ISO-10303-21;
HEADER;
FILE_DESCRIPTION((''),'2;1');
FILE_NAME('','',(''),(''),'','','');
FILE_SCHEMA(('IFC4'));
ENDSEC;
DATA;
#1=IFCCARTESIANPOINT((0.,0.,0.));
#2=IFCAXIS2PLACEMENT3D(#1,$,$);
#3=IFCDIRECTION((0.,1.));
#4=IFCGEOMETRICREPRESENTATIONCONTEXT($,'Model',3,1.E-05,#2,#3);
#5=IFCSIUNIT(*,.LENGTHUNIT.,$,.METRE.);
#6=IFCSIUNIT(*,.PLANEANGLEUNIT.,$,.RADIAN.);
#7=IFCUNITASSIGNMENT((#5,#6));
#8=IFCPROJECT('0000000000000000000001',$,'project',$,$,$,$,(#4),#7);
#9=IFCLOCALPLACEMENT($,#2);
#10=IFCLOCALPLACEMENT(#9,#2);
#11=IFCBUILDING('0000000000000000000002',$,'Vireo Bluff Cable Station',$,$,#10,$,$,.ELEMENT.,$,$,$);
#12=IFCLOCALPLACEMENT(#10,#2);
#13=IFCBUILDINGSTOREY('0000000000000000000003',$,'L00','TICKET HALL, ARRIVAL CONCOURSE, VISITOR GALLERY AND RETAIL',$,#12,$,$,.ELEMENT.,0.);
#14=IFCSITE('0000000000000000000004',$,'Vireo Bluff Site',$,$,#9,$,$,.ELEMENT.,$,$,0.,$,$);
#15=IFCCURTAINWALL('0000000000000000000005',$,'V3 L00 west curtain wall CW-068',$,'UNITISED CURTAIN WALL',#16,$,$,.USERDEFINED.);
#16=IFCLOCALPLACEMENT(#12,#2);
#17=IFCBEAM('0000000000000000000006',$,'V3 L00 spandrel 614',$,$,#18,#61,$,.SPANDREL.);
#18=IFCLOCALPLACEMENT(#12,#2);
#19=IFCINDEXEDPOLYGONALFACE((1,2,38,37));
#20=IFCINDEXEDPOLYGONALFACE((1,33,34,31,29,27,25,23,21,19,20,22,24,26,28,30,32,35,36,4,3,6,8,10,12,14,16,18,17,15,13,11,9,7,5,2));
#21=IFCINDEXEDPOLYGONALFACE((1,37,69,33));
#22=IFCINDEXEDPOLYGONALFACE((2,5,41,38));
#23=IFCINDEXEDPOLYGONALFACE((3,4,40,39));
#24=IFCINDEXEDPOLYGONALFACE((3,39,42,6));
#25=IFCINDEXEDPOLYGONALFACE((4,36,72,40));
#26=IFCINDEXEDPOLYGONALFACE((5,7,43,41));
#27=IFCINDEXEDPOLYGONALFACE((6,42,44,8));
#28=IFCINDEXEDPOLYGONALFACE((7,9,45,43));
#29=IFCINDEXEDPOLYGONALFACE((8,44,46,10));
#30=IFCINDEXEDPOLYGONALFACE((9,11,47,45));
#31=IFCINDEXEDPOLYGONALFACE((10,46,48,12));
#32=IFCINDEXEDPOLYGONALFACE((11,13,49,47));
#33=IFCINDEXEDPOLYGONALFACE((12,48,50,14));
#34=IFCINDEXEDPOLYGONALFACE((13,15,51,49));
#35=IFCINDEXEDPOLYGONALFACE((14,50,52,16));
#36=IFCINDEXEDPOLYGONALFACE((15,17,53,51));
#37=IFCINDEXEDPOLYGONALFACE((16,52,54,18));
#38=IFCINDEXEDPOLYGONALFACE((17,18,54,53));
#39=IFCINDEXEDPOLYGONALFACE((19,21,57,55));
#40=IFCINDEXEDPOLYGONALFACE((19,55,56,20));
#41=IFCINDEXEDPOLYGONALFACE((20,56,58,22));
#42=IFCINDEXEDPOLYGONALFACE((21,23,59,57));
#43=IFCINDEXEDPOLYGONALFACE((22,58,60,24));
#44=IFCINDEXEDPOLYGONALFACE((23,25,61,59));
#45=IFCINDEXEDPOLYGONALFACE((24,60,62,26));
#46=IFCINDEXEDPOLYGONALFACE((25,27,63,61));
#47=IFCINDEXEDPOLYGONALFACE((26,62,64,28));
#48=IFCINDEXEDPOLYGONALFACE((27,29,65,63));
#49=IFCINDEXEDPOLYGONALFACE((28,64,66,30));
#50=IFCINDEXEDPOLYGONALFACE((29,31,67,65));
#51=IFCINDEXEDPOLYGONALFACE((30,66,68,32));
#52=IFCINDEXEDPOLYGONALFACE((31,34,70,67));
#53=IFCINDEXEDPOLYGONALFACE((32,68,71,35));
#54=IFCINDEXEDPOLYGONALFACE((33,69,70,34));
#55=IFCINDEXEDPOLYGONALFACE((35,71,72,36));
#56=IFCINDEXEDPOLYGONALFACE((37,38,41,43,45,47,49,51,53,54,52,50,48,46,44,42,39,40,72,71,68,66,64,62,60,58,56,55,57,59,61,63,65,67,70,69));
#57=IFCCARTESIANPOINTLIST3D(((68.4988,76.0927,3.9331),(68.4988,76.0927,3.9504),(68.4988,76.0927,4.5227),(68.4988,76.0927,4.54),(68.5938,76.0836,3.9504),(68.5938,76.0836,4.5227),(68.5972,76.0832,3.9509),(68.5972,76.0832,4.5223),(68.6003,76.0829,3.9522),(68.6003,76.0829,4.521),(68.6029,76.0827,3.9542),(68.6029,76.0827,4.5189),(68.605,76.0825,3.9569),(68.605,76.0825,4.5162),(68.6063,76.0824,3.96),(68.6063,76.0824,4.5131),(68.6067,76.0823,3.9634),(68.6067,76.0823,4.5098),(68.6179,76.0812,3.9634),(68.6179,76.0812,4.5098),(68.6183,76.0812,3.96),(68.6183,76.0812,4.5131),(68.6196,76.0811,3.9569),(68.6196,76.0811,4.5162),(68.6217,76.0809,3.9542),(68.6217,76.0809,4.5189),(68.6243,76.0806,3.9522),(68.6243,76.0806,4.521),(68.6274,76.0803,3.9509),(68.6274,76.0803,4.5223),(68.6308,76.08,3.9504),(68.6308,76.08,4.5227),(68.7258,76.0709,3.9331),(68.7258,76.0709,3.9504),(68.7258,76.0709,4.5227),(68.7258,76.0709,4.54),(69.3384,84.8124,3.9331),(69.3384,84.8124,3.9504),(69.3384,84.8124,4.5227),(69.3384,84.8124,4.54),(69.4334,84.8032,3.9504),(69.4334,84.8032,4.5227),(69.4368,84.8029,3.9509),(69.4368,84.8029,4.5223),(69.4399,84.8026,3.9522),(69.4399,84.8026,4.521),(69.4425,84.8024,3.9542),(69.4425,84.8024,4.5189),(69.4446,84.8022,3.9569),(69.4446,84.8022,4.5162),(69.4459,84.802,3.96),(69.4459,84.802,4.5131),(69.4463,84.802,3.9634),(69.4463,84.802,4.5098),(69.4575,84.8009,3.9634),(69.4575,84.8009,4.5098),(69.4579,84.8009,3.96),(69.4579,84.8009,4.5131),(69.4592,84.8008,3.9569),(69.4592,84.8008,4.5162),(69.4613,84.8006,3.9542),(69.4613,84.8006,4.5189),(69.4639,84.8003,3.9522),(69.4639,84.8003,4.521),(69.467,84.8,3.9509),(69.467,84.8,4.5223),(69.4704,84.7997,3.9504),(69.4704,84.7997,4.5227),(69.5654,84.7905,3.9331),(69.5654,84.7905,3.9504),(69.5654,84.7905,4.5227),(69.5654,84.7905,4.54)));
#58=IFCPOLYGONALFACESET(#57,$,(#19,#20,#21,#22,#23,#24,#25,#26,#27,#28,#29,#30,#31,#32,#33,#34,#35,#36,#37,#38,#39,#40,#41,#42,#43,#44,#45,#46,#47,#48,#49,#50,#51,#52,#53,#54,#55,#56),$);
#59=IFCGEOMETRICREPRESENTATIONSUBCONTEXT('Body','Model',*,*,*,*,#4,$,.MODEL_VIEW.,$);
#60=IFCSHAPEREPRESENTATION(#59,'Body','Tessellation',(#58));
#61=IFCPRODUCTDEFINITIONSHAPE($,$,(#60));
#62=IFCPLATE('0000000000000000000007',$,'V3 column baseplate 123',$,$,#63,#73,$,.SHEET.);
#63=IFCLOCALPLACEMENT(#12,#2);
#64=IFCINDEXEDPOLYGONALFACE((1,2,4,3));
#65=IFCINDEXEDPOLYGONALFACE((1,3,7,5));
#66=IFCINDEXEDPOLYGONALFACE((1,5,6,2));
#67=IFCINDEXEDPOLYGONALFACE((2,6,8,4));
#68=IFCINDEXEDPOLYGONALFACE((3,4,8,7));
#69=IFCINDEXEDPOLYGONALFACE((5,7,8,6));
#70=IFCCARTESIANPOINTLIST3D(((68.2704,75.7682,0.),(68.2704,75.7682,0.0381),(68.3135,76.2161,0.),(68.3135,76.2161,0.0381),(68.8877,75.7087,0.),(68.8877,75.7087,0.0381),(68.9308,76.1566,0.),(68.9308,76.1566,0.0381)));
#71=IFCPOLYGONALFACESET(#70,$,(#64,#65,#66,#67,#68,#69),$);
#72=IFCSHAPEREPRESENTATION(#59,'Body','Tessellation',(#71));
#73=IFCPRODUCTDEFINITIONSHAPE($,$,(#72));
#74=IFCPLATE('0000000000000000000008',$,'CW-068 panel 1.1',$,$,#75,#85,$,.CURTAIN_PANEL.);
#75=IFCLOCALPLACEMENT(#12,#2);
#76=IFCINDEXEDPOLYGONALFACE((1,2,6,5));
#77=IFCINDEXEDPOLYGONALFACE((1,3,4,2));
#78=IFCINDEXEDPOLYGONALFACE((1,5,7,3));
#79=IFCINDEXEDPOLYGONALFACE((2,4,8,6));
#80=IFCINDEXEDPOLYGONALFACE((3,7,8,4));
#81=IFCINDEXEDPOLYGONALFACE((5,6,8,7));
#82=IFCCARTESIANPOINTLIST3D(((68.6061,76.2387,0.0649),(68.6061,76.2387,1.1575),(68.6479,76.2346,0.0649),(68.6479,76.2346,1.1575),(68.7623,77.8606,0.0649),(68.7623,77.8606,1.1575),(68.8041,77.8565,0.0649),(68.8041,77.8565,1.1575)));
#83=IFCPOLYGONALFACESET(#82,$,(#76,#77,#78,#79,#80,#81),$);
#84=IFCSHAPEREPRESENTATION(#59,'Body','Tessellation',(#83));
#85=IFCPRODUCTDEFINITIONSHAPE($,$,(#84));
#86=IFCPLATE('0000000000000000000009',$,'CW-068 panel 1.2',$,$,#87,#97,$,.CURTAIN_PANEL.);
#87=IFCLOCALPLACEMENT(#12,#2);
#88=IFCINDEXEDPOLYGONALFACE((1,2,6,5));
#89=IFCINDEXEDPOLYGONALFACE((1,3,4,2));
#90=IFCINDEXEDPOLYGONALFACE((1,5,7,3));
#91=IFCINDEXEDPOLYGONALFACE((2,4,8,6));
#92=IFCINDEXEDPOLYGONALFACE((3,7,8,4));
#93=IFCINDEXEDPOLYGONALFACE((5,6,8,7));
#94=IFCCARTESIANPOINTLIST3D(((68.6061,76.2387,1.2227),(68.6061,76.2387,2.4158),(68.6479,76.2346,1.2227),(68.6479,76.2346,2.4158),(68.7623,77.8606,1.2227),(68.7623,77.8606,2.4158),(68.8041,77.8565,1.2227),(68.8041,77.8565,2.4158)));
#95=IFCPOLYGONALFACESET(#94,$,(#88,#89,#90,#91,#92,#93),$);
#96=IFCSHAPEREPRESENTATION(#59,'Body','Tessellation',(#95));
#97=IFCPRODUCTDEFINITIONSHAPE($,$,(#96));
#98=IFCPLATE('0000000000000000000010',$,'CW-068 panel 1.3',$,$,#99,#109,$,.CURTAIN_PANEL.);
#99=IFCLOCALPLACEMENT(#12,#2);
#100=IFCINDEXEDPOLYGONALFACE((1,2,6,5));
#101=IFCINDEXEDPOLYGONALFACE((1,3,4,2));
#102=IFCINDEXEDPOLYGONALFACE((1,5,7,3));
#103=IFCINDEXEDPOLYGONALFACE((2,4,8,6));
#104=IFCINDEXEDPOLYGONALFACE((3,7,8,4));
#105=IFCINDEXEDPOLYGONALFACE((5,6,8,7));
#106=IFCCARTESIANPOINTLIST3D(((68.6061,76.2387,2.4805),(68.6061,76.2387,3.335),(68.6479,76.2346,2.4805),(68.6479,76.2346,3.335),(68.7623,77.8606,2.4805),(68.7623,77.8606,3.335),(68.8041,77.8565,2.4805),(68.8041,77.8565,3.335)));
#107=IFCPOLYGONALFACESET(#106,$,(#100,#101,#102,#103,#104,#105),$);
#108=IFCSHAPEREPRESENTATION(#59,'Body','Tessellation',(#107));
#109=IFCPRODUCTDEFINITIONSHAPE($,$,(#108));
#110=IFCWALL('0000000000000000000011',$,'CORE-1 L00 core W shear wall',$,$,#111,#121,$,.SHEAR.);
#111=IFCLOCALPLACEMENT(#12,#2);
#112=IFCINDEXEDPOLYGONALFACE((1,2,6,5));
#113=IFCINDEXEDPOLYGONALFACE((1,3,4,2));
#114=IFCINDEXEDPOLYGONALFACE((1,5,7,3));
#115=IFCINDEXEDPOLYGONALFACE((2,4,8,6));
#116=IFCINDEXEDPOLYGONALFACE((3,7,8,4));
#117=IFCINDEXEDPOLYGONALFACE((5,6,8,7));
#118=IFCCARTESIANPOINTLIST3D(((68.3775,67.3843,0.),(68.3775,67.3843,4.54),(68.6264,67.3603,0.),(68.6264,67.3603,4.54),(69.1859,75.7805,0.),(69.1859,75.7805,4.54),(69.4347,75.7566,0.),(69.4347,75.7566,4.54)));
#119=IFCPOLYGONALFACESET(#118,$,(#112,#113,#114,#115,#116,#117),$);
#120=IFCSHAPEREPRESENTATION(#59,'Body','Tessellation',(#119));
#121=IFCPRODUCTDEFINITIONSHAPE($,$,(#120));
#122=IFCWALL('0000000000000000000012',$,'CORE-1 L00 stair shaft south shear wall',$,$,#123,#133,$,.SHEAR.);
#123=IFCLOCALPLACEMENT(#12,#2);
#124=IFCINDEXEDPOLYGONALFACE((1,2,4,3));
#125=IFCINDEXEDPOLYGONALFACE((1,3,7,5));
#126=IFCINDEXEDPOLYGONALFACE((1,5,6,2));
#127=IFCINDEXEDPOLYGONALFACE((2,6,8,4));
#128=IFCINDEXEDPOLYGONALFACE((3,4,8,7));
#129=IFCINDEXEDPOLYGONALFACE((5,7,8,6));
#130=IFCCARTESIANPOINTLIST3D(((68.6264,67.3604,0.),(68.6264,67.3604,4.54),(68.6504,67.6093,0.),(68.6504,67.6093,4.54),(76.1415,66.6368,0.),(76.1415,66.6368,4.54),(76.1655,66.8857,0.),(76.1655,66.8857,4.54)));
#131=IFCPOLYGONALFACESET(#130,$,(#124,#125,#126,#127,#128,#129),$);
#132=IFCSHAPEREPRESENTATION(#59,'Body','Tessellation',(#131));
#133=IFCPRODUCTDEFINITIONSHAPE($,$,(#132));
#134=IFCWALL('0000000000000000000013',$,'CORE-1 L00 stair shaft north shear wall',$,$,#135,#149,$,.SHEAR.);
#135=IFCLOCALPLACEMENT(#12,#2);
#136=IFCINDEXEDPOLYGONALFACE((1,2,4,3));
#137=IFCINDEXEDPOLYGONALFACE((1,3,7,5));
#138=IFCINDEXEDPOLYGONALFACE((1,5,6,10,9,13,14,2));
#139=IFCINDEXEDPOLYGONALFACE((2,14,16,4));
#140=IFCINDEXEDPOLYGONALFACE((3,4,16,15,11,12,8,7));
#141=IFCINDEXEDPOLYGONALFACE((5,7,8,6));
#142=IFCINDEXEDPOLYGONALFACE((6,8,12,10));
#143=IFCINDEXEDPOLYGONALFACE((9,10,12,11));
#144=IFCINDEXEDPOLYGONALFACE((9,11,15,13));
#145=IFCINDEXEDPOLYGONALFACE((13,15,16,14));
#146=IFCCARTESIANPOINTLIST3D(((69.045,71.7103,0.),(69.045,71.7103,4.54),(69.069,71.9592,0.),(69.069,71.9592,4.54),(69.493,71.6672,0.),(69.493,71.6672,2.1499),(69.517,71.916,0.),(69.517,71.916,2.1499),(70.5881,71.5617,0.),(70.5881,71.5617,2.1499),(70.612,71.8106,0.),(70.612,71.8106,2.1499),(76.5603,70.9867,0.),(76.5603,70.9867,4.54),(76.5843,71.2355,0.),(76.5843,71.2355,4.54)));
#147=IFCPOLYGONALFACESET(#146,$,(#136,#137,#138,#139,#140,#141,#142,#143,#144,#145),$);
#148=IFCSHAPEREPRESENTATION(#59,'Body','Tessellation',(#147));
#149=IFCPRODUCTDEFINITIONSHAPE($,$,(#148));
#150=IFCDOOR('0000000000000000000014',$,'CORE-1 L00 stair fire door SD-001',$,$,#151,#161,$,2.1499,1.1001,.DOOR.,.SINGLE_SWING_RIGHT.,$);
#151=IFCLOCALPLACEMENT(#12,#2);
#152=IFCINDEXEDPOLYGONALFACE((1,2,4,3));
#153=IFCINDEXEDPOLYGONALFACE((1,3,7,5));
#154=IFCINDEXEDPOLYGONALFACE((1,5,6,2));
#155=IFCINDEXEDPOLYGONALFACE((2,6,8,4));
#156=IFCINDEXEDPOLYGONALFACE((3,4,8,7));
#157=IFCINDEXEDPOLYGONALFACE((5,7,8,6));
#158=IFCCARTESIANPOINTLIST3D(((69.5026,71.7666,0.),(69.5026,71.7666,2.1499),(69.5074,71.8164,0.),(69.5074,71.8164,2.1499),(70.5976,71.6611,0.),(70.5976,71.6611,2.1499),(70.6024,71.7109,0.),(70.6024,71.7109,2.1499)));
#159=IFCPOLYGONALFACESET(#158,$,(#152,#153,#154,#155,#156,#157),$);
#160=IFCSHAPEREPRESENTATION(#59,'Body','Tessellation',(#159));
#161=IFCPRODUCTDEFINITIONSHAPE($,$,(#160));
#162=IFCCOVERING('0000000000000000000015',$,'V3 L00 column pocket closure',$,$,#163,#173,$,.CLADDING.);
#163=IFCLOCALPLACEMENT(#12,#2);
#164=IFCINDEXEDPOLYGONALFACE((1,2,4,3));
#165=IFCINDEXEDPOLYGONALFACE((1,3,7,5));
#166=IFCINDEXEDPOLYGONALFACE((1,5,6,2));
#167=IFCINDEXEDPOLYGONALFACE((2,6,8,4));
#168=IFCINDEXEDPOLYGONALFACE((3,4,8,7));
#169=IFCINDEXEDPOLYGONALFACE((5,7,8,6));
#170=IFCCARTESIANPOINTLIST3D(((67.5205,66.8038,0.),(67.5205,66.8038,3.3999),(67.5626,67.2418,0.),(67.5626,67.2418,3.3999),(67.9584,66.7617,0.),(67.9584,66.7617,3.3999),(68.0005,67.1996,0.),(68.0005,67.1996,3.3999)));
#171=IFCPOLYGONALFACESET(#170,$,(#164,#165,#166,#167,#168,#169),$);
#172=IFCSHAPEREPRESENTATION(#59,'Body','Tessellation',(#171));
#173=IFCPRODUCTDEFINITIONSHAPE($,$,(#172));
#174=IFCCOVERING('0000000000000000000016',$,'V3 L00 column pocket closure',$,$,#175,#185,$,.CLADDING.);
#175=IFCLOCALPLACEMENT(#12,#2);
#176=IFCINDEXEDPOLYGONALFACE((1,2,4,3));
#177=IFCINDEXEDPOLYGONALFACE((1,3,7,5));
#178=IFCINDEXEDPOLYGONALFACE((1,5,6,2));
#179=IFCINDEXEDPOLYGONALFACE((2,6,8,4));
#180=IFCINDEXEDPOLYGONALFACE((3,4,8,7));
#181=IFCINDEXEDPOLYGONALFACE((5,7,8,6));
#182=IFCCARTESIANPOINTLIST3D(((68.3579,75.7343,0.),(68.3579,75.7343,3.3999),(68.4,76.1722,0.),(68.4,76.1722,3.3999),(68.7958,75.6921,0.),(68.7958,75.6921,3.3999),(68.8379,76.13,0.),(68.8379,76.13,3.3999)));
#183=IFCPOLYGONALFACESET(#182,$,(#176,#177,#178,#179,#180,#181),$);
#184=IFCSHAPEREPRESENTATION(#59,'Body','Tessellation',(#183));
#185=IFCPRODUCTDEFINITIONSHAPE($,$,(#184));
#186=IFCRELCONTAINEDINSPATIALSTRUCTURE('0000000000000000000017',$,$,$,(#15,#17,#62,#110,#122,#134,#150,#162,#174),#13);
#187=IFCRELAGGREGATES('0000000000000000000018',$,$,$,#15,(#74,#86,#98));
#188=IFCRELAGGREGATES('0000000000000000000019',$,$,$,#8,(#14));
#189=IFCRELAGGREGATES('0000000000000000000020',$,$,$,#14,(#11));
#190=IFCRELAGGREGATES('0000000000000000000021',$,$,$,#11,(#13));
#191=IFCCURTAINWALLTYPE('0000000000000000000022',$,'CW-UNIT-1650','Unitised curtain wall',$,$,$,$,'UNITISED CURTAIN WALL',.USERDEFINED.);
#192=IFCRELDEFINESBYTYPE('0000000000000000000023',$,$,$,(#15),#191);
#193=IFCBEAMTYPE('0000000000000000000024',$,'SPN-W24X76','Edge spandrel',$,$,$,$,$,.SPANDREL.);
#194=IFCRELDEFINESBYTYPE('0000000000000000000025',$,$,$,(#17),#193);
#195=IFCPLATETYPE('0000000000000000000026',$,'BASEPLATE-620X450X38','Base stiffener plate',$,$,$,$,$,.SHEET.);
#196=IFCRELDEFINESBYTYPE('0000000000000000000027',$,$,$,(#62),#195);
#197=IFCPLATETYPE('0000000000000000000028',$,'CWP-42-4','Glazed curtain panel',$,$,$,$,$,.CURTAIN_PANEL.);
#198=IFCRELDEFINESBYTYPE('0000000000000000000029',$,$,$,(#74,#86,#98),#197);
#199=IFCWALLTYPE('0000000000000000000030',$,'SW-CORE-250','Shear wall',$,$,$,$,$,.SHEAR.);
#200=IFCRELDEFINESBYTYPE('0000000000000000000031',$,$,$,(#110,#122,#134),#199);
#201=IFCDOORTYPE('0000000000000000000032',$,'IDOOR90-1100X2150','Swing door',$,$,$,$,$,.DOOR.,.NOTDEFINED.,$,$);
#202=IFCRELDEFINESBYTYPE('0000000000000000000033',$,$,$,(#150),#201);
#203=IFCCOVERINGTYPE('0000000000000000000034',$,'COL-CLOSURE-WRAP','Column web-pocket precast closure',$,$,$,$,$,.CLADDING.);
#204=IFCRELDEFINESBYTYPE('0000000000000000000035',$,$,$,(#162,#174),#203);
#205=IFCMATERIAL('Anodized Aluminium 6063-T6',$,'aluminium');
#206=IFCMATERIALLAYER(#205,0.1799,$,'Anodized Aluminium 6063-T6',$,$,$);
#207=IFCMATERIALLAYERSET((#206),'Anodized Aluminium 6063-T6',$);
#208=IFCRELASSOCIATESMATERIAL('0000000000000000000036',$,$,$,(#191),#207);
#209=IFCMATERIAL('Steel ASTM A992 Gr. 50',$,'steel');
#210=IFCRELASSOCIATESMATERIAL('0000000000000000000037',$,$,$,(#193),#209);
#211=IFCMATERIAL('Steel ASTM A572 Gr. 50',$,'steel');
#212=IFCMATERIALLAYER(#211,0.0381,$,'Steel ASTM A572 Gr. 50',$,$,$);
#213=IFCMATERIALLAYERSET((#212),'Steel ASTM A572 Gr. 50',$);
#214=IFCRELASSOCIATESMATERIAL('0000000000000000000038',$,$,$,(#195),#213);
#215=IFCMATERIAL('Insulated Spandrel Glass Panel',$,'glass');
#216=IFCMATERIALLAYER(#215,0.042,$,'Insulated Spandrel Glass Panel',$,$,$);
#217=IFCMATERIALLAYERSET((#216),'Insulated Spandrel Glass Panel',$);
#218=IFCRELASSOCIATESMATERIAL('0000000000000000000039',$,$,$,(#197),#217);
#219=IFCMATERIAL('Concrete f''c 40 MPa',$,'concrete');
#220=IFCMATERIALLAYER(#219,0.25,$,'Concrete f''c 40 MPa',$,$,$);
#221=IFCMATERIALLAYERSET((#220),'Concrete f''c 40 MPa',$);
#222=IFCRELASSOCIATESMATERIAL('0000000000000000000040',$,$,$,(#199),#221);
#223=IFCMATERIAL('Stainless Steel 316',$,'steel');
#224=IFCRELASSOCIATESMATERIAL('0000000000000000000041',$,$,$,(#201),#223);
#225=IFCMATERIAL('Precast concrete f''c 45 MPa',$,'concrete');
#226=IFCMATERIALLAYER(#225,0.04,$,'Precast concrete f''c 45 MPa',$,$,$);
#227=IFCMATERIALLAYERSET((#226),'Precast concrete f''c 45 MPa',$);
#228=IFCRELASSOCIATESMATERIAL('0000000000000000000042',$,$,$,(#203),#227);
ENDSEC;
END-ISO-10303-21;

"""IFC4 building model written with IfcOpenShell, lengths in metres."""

from ifc_helpers import new_model, si_unit, direction, frame, frame_2d, origin, origin_with_axes, origin_2d, place, context, subcontext, project, spatial, rectangle, i_section, extrude, material, layer, layer_set, material_profile, profile_set, type_object, element, fill, aggregate, save


model = new_model("IFC4")

# Units and contexts
model_context = context("Model", 3, precision=1e-05, world=origin(), true_north=direction((0.0, 1.0)))
body_context = subcontext(model_context, "Body", "Model", "MODEL_VIEW")
ifc_project = project(units=[si_unit("LENGTHUNIT", "METRE"), si_unit("PLANEANGLEUNIT", "RADIAN")], contexts=[model_context])

# Site, building, storey
site_placement = place(None, origin())
site = spatial("IfcSite", under=ifc_project, at=site_placement, Name="Vireo Bluff Site", CompositionType="ELEMENT", RefElevation=0.0)
building_placement = place(site_placement, origin())
building = spatial("IfcBuilding", under=site, at=building_placement, Name="Vireo Bluff Cable Station", CompositionType="ELEMENT")
storey_placement = place(building_placement, origin())
storey = spatial("IfcBuildingStorey", under=building, at=storey_placement, Name="L00", Description="TICKET HALL, ARRIVAL CONCOURSE, VISITOR GALLERY AND RETAIL", CompositionType="ELEMENT", Elevation=0.0)

# Shared definitions
ifc_material_1 = material(Name="Concrete f'c 40 MPa", Category="concrete")

# Shared definitions
ifc_material_2 = material(Name="Steel ASTM A992 Gr. 50", Category="steel")

# Curtain wall
ifc_material_3 = material(Name="Anodized Aluminium 6063-T6", Category="aluminium")
ifc_layer_1 = layer(ifc_material_3, 0.1799, Name="Anodized Aluminium 6063-T6")
ifc_layer_set_1 = layer_set([ifc_layer_1], Name="Anodized Aluminium 6063-T6")
curtain_wall_type = type_object("IfcCurtainWallType", Name="CW-UNIT-1650", Description="Unitised curtain wall", ElementType="UNITISED CURTAIN WALL", PredefinedType="USERDEFINED", material=ifc_layer_set_1)
curtain_wall_placement = place(storey_placement, origin())
curtain_wall = element("IfcCurtainWall", 1, at=curtain_wall_placement, inside=storey, type_object=curtain_wall_type, Name="V3 L00 west curtain wall CW-068", ObjectType="UNITISED CURTAIN WALL", PredefinedType="USERDEFINED")

# Beam
ifc_material_profile_1 = material_profile(ifc_material_2, i_section(OverallWidth=0.228, OverallDepth=0.6069, WebThickness=0.0112, FlangeThickness=0.0173, FilletRadius=0.0129, at=origin_2d()), Name="W24X76")
ifc_profile_set_1 = profile_set([ifc_material_profile_1], Name="Steel ASTM A992 Gr. 50")
beam_type_1 = type_object("IfcBeamType", Name="SPN-W24X76", Description="Edge spandrel", PredefinedType="SPANDREL", material=ifc_profile_set_1)
beam_1_placement = place(storey_placement, frame((68.6123, 76.0818, 4.2366), z_axis=(0.095844, 0.995396, 0.0), x_axis=(-0.995396, 0.095844, 0.0)))
element("IfcBeam", 2, at=beam_1_placement, inside=storey, type_object=beam_type_1, Name="V3 L00 spandrel 614", PredefinedType="SPANDREL", context=body_context, shape_type="SweptSolid", body=[
    extrude(i_section(OverallWidth=0.228, OverallDepth=0.6069, WebThickness=0.0112, FlangeThickness=0.0173, FilletRadius=0.0129, at=origin_2d()), origin(), (0.0, 0.0, 1.0), 8.76),
])

# Plates
ifc_material_4 = material(Name="Steel ASTM A572 Gr. 50", Category="steel")
ifc_layer_2 = layer(ifc_material_4, 0.0381, Name="Steel ASTM A572 Gr. 50")
ifc_layer_set_2 = layer_set([ifc_layer_2], Name="Steel ASTM A572 Gr. 50")
plate_type_1 = type_object("IfcPlateType", Name="BASEPLATE-620X450X38", Description="Base stiffener plate", PredefinedType="SHEET", material=ifc_layer_set_2)
plate_1_placement = place(storey_placement, frame((68.6006, 75.9624, 0.0), z_axis=(0.0, 0.0, 1.0), x_axis=(0.995396, -0.095846, 0.0)))
element("IfcPlate", 3, at=plate_1_placement, inside=storey, type_object=plate_type_1, Name="V3 column baseplate 123", PredefinedType="SHEET", context=body_context, shape_type="SweptSolid", body=[
    extrude(rectangle(XDim=0.6201, YDim=0.45, at=origin_2d()), origin(), (0.0, 0.0, 1.0), 0.0381),
])
ifc_material_5 = material(Name="Insulated Spandrel Glass Panel", Category="glass")
ifc_layer_3 = layer(ifc_material_5, 0.042, Name="Insulated Spandrel Glass Panel")
ifc_layer_set_3 = layer_set([ifc_layer_3], Name="Insulated Spandrel Glass Panel")
plate_type_2 = type_object("IfcPlateType", Name="CWP-42-4", Description="Glazed curtain panel", PredefinedType="CURTAIN_PANEL", material=ifc_layer_set_3)
plate_2_placement = place(storey_placement, frame((68.7051, 77.0476, 0.0649), z_axis=(0.0, 0.0, 1.0), x_axis=(0.095846, 0.995396, 0.0)))
plate_2 = element("IfcPlate", 4, at=plate_2_placement, type_object=plate_type_2, Name="CW-068 panel 1.1", PredefinedType="CURTAIN_PANEL", context=body_context, shape_type="SweptSolid", body=[
    extrude(rectangle(XDim=1.6294, YDim=0.042, at=origin_2d()), origin(), (0.0, 0.0, 1.0), 1.0925),
])
plate_3_placement = place(storey_placement, frame((68.7051, 77.0476, 1.2227), z_axis=(0.0, 0.0, 1.0), x_axis=(0.095846, 0.995396, 0.0)))
plate_3 = element("IfcPlate", 5, at=plate_3_placement, type_object=plate_type_2, Name="CW-068 panel 1.2", PredefinedType="CURTAIN_PANEL", context=body_context, shape_type="SweptSolid", body=[
    extrude(rectangle(XDim=1.6294, YDim=0.042, at=origin_2d()), origin(), (0.0, 0.0, 1.0), 1.1931),
])
plate_4_placement = place(storey_placement, frame((68.7051, 77.0476, 2.4805), z_axis=(0.0, 0.0, 1.0), x_axis=(0.095846, 0.995396, 0.0)))
plate_4 = element("IfcPlate", 6, at=plate_4_placement, type_object=plate_type_2, Name="CW-068 panel 1.3", PredefinedType="CURTAIN_PANEL", context=body_context, shape_type="SweptSolid", body=[
    extrude(rectangle(XDim=1.6294, YDim=0.042, at=origin_2d()), origin(), (0.0, 0.0, 1.0), 0.8545),
])
aggregate(curtain_wall, [plate_2, plate_3, plate_4])

# Walls
ifc_layer_4 = layer(ifc_material_1, 0.25, Name="Concrete f'c 40 MPa")
ifc_layer_set_4 = layer_set([ifc_layer_4], Name="Concrete f'c 40 MPa")
wall_type = type_object("IfcWallType", Name="SW-CORE-250", Description="Shear wall", PredefinedType="SHEAR", material=ifc_layer_set_4)
wall_1_placement = place(storey_placement, frame((68.502, 67.3723, 0.0), z_axis=(0.0, 0.0, 1.0), x_axis=(0.095832, 0.995398, 0.0)))
element("IfcWall", 7, at=wall_1_placement, inside=storey, type_object=wall_type, Name="CORE-1 L00 core W shear wall", PredefinedType="SHEAR", context=body_context, shape_type="SweptSolid", body=[
    extrude(rectangle(XDim=8.4351, YDim=0.25, at=frame_2d((4.2175, 0.0))), origin(), (0.0, 0.0, 1.0), 4.54),
])
wall_2_placement = place(storey_placement, frame((68.6384, 67.4849, 0.0), z_axis=(0.0, 0.0, 1.0), x_axis=(0.995396, -0.095847, 0.0)))
element("IfcWall", 8, at=wall_2_placement, inside=storey, type_object=wall_type, Name="CORE-1 L00 stair shaft south shear wall", PredefinedType="SHEAR", context=body_context, shape_type="SweptSolid", body=[
    extrude(rectangle(XDim=7.5498, YDim=0.25, at=frame_2d((3.7749, 0.0))), origin(), (0.0, 0.0, 1.0), 4.54),
])

# Wall, opening, door
wall_3_placement = place(storey_placement, frame((69.0571, 71.8347, 0.0), z_axis=(0.0, 0.0, 1.0), x_axis=(0.995396, -0.095844, 0.0)))
wall_3 = element("IfcWall", 9, at=wall_3_placement, inside=storey, type_object=wall_type, Name="CORE-1 L00 stair shaft north shear wall", PredefinedType="SHEAR", context=body_context, shape_type="SweptSolid", body=[
    extrude(rectangle(XDim=7.55, YDim=0.25, at=frame_2d((3.7749, 0.0))), origin(), (0.0, 0.0, 1.0), 4.54),
])
opening_placement = place(wall_3_placement, frame((0.45, 0.0, 0.0)))
opening = element("IfcOpeningElement", 10, at=opening_placement, cuts=wall_3, PredefinedType="OPENING", context=body_context, shape_type="SweptSolid", body=[
    extrude(rectangle(XDim=1.1001, YDim=2.1499, at=frame_2d((0.55, 1.075))), frame((0.0, 0.135, 0.0), z_axis=(0.0, -1.0, 0.0), x_axis=(1.0, 0.0, 0.0)), (0.0, 0.0, 1.0), 0.27),
])
ifc_material_6 = material(Name="Stainless Steel 316", Category="steel")
door_type = type_object("IfcDoorType", Name="IDOOR90-1100X2150", Description="Swing door", OperationType="NOTDEFINED", PredefinedType="DOOR", material=ifc_material_6)
door_placement = place(opening_placement, origin_with_axes())
door = element("IfcDoor", 11, at=door_placement, inside=storey, type_object=door_type, Name="CORE-1 L00 stair fire door SD-001", OperationType="SINGLE_SWING_RIGHT", OverallHeight=2.1499, OverallWidth=1.1001, PredefinedType="DOOR", context=body_context, shape_type="SweptSolid", body=[
    extrude(rectangle(XDim=1.1001, YDim=2.1499, at=frame_2d((0.55, 1.075))), frame((0.0, 0.0249, 0.0), z_axis=(0.0, -1.0, 0.0), x_axis=(1.0, 0.0, 0.0)), (0.0, 0.0, 1.0), 0.05),
])
fill(opening, door)

# Coverings
ifc_material_7 = material(Name="Precast concrete f'c 45 MPa", Category="concrete")
ifc_layer_5 = layer(ifc_material_7, 0.04, Name="Precast concrete f'c 45 MPa")
ifc_layer_set_5 = layer_set([ifc_layer_5], Name="Precast concrete f'c 45 MPa")
covering_type = type_object("IfcCoveringType", Name="COL-CLOSURE-WRAP", Description="Column web-pocket precast closure", PredefinedType="CLADDING", material=ifc_layer_set_5)
for number, where, z_axis, x_axis, name in (
    (12, (67.7605, 67.0017, 0.0), (0.0, 0.0, 1.0), (0.995396, -0.095846, 0.0), "V3 L00 column pocket closure"),
    (13, (68.5979, 75.9321, 0.0), (0.0, 0.0, 1.0), (0.995396, -0.095846, 0.0), "V3 L00 column pocket closure"),
):
    element("IfcCovering", number, at=place(storey_placement, frame(where, z_axis=z_axis, x_axis=x_axis)), inside=storey, type_object=covering_type, Name=name, PredefinedType="CLADDING", context=body_context, shape_type="SweptSolid", body=[
        extrude(rectangle(XDim=0.4399, YDim=0.4399, at=origin_2d()), origin(), (0.0, 0.0, 1.0), 3.3999),
    ])

save(model, "model.ifc")
